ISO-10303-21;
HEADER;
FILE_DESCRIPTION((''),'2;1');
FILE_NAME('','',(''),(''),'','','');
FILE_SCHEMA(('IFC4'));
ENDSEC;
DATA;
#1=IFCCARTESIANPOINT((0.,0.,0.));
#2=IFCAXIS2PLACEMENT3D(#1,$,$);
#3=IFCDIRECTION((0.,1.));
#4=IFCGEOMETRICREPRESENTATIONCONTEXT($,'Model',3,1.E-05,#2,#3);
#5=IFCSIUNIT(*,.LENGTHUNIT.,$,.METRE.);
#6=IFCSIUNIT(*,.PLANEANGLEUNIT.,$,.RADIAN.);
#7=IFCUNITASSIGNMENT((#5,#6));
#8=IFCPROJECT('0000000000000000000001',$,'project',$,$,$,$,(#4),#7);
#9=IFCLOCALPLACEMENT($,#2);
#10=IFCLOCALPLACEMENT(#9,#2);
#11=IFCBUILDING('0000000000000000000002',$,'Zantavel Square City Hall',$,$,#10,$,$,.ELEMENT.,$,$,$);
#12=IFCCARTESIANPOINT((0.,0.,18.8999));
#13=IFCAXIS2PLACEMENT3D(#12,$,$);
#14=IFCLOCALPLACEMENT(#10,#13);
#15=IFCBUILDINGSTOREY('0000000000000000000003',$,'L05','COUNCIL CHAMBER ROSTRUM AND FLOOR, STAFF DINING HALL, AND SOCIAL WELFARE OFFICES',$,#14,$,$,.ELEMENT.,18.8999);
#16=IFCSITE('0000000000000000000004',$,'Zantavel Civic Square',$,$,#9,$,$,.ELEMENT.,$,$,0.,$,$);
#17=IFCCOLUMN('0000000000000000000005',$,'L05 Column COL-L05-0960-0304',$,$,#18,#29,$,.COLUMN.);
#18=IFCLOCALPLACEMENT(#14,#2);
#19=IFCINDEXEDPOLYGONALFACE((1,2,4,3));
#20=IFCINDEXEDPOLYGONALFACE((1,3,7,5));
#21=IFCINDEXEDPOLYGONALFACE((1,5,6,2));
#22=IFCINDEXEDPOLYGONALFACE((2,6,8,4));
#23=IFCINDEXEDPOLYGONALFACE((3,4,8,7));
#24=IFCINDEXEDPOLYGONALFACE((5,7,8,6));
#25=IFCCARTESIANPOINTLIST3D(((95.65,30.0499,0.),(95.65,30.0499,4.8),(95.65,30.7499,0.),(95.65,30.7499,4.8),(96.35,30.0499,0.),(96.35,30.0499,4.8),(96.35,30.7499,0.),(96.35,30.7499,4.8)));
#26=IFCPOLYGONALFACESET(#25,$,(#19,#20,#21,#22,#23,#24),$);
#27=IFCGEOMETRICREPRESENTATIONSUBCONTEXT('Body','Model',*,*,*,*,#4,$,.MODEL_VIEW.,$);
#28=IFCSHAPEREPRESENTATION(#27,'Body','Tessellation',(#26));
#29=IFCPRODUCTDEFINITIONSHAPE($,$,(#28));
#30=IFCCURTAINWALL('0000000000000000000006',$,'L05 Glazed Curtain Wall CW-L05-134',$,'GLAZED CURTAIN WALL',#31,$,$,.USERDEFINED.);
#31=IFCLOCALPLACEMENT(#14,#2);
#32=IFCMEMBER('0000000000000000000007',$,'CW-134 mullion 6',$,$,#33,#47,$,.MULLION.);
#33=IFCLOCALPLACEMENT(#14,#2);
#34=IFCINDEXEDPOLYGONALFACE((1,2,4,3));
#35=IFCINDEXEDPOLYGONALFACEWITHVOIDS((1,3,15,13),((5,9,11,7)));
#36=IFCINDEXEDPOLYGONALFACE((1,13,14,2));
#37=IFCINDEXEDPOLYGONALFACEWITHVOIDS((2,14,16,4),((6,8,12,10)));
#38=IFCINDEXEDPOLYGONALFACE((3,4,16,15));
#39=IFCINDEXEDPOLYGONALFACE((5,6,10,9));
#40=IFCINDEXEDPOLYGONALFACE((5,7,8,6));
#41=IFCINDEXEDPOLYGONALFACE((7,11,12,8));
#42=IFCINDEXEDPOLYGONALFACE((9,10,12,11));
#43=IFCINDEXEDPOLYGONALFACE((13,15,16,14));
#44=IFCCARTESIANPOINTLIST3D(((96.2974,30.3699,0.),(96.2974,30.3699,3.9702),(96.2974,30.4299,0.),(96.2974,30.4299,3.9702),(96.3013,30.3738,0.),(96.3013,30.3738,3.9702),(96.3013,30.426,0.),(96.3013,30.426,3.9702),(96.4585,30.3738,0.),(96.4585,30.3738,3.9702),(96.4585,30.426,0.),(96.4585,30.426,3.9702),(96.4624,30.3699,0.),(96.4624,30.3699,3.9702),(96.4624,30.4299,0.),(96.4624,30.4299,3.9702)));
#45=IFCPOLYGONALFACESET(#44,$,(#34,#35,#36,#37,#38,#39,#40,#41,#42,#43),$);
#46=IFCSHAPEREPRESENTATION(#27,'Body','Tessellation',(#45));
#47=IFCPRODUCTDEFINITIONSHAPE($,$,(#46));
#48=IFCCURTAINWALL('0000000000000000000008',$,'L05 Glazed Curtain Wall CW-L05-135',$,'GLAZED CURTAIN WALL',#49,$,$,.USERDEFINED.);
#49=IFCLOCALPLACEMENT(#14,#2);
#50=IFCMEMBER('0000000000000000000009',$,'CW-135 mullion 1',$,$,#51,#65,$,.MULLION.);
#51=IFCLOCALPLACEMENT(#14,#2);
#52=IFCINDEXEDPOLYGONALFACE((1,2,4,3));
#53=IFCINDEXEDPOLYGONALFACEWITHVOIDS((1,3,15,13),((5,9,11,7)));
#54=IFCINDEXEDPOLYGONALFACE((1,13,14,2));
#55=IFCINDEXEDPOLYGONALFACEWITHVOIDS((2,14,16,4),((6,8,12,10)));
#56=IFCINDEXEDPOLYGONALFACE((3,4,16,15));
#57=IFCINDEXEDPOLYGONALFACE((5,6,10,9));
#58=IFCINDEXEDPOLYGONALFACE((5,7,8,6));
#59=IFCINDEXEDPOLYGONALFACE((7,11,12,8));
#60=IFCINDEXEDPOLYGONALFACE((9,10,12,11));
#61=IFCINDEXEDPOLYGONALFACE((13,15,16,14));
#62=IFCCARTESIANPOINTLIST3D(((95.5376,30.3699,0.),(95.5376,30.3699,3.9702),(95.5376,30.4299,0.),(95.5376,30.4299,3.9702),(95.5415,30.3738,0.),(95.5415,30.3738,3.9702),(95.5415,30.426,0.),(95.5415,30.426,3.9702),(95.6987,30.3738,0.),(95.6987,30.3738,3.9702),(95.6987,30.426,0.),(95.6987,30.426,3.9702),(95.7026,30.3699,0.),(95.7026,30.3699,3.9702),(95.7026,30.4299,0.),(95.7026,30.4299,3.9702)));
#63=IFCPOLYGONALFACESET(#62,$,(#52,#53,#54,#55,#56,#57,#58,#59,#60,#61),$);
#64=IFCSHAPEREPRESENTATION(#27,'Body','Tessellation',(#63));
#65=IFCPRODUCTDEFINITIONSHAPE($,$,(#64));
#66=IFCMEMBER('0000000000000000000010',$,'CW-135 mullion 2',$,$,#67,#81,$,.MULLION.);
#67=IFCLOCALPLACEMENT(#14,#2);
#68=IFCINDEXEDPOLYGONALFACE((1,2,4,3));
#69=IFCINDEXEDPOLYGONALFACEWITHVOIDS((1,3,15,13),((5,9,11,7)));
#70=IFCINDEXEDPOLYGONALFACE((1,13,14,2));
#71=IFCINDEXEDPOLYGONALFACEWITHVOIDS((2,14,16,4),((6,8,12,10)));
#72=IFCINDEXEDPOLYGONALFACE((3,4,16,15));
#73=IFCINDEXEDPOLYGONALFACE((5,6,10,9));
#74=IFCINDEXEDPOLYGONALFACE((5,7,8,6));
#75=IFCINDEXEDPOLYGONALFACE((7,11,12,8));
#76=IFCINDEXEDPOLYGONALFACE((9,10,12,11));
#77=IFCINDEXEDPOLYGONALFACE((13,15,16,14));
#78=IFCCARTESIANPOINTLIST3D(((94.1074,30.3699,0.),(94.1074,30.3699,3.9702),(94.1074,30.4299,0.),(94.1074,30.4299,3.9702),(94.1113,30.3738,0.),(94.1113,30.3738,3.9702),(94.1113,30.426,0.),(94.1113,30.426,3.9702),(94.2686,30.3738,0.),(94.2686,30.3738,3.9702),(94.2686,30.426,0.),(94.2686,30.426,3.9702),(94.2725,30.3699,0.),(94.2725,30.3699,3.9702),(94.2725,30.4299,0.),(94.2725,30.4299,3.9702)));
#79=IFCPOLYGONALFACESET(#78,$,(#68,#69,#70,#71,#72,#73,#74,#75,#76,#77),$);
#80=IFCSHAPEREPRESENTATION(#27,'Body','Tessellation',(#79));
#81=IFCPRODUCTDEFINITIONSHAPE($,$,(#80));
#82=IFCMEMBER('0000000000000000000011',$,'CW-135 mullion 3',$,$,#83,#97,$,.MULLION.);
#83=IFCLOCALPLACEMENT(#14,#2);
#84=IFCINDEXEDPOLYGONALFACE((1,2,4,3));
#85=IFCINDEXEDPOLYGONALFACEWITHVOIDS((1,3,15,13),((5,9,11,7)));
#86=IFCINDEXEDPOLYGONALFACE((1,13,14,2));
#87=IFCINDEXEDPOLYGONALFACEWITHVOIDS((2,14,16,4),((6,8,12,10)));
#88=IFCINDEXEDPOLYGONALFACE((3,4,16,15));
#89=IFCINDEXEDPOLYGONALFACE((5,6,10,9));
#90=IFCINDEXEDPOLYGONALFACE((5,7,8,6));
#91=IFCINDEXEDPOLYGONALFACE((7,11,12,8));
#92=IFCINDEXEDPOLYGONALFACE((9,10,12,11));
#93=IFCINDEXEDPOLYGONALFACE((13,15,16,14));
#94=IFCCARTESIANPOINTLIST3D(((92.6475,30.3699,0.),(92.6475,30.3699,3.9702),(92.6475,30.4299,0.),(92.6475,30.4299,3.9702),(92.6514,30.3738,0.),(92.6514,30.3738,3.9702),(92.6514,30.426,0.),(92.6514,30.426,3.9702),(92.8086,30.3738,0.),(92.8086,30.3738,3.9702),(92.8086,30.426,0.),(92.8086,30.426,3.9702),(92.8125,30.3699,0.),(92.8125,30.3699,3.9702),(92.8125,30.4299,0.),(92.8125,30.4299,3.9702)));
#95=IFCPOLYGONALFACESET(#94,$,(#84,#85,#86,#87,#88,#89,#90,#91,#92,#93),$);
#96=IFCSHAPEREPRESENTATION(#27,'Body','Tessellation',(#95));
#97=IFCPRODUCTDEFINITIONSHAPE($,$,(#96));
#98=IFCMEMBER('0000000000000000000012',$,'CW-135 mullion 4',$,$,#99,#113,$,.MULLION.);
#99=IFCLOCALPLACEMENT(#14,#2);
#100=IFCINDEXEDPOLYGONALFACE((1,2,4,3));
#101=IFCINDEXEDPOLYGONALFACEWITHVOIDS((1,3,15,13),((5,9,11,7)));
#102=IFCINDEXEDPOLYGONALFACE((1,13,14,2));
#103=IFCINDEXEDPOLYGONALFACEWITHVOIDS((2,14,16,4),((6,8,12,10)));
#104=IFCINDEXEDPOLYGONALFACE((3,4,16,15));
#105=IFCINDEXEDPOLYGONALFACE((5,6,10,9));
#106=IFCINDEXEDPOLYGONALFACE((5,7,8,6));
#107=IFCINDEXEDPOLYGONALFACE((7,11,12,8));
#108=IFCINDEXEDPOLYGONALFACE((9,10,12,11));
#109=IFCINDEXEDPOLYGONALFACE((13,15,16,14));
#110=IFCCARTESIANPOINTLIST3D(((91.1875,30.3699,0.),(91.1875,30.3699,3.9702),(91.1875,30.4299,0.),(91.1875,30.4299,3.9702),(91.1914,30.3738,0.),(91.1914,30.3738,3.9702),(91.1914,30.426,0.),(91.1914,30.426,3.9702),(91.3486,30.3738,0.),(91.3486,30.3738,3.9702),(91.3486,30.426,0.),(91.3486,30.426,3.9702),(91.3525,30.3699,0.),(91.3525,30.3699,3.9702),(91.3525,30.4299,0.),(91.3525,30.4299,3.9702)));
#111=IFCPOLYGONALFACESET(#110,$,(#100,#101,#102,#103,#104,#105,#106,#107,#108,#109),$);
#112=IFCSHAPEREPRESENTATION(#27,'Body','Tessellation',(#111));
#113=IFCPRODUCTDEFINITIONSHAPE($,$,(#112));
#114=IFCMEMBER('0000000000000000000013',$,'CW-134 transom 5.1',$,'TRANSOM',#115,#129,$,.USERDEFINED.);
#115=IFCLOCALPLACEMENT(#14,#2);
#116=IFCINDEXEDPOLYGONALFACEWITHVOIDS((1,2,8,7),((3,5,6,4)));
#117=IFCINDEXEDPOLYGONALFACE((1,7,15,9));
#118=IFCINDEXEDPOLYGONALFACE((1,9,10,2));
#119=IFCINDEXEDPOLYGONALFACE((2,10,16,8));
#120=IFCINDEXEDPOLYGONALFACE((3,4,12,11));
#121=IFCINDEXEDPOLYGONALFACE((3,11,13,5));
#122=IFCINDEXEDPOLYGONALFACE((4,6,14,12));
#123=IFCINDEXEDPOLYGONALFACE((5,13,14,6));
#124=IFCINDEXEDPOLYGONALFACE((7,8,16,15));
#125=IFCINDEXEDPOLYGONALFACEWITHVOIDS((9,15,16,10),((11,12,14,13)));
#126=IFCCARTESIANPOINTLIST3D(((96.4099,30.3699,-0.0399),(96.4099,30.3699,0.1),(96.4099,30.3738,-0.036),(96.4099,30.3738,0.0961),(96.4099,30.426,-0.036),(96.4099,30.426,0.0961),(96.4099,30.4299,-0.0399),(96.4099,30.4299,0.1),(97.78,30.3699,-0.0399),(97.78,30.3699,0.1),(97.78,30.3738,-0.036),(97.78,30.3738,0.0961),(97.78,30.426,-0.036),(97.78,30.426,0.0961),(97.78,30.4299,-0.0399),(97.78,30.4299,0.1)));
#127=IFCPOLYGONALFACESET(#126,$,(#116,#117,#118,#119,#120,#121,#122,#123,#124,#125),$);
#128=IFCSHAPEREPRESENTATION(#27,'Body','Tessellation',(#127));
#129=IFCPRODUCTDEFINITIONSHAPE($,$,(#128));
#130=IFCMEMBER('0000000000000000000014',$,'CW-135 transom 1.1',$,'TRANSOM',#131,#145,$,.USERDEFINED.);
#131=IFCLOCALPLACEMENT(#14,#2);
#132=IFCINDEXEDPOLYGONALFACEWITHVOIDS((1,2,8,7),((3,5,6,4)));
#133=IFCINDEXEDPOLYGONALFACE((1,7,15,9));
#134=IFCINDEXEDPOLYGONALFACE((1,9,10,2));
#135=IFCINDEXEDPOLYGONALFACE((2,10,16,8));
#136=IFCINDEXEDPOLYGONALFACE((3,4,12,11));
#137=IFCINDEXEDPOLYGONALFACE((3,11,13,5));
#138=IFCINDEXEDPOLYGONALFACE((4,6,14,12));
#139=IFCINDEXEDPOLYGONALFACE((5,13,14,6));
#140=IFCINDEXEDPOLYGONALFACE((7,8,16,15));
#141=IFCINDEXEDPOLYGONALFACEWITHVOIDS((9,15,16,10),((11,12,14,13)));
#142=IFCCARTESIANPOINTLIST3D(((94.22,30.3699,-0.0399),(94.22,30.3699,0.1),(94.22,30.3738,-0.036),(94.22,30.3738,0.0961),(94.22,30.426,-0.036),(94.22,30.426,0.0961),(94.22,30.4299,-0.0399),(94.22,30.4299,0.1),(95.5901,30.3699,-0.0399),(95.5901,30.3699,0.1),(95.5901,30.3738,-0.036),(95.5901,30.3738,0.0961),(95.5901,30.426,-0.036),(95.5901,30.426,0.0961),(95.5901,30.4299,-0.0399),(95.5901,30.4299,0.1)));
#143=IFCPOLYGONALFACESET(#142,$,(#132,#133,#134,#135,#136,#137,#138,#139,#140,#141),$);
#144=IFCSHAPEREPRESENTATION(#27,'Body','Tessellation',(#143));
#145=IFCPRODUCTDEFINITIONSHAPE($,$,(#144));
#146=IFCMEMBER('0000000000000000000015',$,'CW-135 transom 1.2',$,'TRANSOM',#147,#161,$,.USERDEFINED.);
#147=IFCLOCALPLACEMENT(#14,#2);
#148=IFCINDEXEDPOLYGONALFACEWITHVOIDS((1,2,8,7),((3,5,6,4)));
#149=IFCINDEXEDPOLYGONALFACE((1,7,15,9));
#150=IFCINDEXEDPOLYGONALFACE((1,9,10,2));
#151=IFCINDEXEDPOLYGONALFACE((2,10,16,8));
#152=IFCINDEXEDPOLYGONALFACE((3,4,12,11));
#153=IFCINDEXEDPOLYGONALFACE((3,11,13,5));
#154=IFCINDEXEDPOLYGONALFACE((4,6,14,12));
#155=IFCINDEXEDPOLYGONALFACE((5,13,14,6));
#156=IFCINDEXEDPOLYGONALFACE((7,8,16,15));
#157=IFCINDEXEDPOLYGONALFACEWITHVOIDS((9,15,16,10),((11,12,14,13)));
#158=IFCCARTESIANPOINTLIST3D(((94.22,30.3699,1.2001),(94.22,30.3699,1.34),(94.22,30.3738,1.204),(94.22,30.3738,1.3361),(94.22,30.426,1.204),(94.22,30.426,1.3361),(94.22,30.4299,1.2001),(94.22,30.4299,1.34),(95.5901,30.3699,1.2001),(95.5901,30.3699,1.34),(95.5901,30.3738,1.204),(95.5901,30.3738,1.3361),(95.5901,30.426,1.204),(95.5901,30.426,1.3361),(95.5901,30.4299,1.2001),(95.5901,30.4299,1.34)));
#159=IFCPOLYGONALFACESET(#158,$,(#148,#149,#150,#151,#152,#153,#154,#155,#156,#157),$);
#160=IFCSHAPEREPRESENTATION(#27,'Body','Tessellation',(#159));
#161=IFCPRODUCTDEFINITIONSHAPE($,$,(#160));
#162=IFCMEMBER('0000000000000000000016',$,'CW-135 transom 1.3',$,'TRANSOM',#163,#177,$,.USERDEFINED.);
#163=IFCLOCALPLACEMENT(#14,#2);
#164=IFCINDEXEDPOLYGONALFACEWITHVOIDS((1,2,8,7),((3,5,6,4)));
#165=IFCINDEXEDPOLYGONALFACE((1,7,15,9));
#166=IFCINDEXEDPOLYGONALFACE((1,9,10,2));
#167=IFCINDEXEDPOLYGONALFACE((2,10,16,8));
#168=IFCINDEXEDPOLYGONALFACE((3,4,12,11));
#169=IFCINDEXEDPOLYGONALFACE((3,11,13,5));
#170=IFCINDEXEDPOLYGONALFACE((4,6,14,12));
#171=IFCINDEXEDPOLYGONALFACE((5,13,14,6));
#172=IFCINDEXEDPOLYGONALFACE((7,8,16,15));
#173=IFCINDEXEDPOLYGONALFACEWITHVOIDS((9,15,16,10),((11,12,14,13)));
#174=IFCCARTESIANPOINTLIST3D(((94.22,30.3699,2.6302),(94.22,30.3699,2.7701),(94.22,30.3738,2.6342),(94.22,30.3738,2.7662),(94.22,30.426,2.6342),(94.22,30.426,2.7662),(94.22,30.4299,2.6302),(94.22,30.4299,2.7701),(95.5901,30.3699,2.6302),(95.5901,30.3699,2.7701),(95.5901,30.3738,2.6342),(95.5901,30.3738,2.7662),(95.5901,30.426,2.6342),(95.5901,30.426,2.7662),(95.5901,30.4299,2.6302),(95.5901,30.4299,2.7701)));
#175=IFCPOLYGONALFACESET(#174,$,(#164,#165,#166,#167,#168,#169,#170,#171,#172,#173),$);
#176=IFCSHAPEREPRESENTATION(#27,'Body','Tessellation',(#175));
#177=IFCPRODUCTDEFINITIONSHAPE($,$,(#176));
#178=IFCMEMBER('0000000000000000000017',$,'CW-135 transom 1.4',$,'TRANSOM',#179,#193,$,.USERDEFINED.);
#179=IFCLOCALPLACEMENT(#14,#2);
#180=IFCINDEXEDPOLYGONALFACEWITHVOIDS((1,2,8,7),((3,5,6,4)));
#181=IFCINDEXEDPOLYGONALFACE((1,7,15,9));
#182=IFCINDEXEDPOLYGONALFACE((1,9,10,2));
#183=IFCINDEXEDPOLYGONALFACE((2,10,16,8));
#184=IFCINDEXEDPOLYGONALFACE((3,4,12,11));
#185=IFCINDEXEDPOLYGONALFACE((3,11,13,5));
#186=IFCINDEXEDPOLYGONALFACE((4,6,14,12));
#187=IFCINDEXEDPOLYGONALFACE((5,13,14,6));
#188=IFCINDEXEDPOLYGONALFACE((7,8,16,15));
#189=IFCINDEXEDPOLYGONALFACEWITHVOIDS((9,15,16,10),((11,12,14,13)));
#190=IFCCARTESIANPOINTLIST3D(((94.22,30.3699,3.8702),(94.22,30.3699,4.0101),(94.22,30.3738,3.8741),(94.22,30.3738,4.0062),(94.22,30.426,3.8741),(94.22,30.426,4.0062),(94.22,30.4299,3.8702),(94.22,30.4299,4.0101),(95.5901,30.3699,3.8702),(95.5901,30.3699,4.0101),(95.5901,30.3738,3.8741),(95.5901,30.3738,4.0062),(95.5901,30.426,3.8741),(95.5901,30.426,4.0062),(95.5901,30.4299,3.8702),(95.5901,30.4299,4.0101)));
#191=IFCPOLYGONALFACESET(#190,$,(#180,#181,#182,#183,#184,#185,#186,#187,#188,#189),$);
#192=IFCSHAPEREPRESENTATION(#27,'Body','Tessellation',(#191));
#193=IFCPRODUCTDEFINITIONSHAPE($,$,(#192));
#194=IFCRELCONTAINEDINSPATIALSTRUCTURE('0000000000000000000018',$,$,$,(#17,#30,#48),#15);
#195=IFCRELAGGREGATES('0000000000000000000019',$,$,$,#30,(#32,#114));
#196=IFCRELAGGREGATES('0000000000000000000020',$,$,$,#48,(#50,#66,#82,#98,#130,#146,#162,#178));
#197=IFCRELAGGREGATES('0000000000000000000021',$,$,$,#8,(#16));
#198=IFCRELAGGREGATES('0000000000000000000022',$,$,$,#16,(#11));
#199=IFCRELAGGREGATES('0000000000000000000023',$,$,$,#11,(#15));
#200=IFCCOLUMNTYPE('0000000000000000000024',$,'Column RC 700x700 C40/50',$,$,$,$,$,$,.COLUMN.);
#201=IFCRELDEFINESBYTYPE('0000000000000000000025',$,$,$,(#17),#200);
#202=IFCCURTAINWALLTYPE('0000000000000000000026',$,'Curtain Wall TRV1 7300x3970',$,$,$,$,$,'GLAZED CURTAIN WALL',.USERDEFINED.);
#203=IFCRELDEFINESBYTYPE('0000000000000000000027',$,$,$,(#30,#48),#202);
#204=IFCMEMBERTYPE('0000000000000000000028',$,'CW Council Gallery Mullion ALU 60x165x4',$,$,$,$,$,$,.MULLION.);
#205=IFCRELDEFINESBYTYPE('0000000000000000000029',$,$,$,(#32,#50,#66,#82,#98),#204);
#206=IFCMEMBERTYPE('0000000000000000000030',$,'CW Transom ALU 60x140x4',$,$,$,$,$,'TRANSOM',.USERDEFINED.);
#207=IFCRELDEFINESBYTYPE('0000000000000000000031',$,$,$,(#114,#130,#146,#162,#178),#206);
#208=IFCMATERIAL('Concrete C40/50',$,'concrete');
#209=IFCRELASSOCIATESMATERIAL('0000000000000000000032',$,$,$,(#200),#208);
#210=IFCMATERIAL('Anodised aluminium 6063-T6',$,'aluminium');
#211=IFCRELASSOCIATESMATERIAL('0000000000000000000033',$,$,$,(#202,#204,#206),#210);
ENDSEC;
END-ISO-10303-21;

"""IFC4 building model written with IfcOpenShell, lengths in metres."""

from ifc_helpers import new_model, si_unit, direction, frame, origin, origin_2d, place, context, subcontext, project, spatial, rectangle, hollow_rectangle, extrude, material, material_profile, profile_set, type_object, element, aggregate, save


model = new_model("IFC4")

# Units and contexts
model_context = context("Model", 3, precision=1e-05, world=origin(), true_north=direction((0.0, 1.0)))
body_context = subcontext(model_context, "Body", "Model", "MODEL_VIEW")
ifc_project = project(units=[si_unit("LENGTHUNIT", "METRE"), si_unit("PLANEANGLEUNIT", "RADIAN")], contexts=[model_context])

# Site, building, storey
site_placement = place(None, origin())
site = spatial("IfcSite", under=ifc_project, at=site_placement, Name="Zantavel Civic Square", CompositionType="ELEMENT", RefElevation=0.0)
building_placement = place(site_placement, origin())
building = spatial("IfcBuilding", under=site, at=building_placement, Name="Zantavel Square City Hall", CompositionType="ELEMENT")
storey_placement = place(building_placement, frame((0.0, 0.0, 18.8999)))
storey = spatial("IfcBuildingStorey", under=building, at=storey_placement, Name="L05", Description="COUNCIL CHAMBER ROSTRUM AND FLOOR, STAFF DINING HALL, AND SOCIAL WELFARE OFFICES", CompositionType="ELEMENT", Elevation=18.8999)

# Column
ifc_material_1 = material(Name="Concrete C40/50", Category="concrete")
ifc_material_profile_1 = material_profile(ifc_material_1, rectangle(XDim=0.7, YDim=0.7, at=origin_2d()), Name="RC 700x700")
ifc_profile_set_1 = profile_set([ifc_material_profile_1], Name="Concrete C40/50")
column_type = type_object("IfcColumnType", Name="Column RC 700x700 C40/50", PredefinedType="COLUMN", material=ifc_profile_set_1)
column_placement = place(storey_placement, frame((96.0, 30.3999, 0.0), z_axis=(0.0, 0.0, 1.0), x_axis=(1.0, 0.0, 0.0)))
element("IfcColumn", 1, at=column_placement, inside=storey, type_object=column_type, Name="L05 Column COL-L05-0960-0304", PredefinedType="COLUMN", context=body_context, shape_type="SweptSolid", body=[
    extrude(rectangle(XDim=0.7, YDim=0.7, at=origin_2d()), origin(), (0.0, 0.0, 1.0), 4.8),
])

# Curtain wall, member
ifc_material_2 = material(Name="Anodised aluminium 6063-T6", Category="aluminium")
curtain_wall_type = type_object("IfcCurtainWallType", Name="Curtain Wall TRV1 7300x3970", ElementType="GLAZED CURTAIN WALL", PredefinedType="USERDEFINED", material=ifc_material_2)
curtain_wall_1_placement = place(storey_placement, origin())
curtain_wall_1 = element("IfcCurtainWall", 2, at=curtain_wall_1_placement, inside=storey, type_object=curtain_wall_type, Name="L05 Glazed Curtain Wall CW-L05-134", ObjectType="GLAZED CURTAIN WALL", PredefinedType="USERDEFINED")
ifc_material_profile_2 = material_profile(ifc_material_2, hollow_rectangle(XDim=0.0601, YDim=0.165, WallThickness=0.0039, at=origin_2d()), Name="ALU 60x165x4")
ifc_profile_set_2 = profile_set([ifc_material_profile_2], Name="Anodised aluminium 6063-T6")
member_type_1 = type_object("IfcMemberType", Name="CW Council Gallery Mullion ALU 60x165x4", PredefinedType="MULLION", material=ifc_profile_set_2)
member_1_placement = place(storey_placement, frame((96.3799, 30.3999, 0.0), z_axis=(0.0, 0.0, 1.0), x_axis=(0.0, -1.0, 0.0)))
member_1 = element("IfcMember", 3, at=member_1_placement, type_object=member_type_1, Name="CW-134 mullion 6", PredefinedType="MULLION", context=body_context, shape_type="SweptSolid", body=[
    extrude(hollow_rectangle(XDim=0.0601, YDim=0.165, WallThickness=0.0039, at=origin_2d()), origin(), (0.0, 0.0, 1.0), 3.9702),
])

# Curtain wall, members
curtain_wall_2_placement = place(storey_placement, origin())
curtain_wall_2 = element("IfcCurtainWall", 4, at=curtain_wall_2_placement, inside=storey, type_object=curtain_wall_type, Name="L05 Glazed Curtain Wall CW-L05-135", ObjectType="GLAZED CURTAIN WALL", PredefinedType="USERDEFINED")
member_2_placement = place(storey_placement, frame((95.6201, 30.3999, 0.0), z_axis=(0.0, 0.0, 1.0), x_axis=(0.0, -1.0, 0.0)))
member_2 = element("IfcMember", 5, at=member_2_placement, type_object=member_type_1, Name="CW-135 mullion 1", PredefinedType="MULLION", context=body_context, shape_type="SweptSolid", body=[
    extrude(hollow_rectangle(XDim=0.0601, YDim=0.165, WallThickness=0.0039, at=origin_2d()), origin(), (0.0, 0.0, 1.0), 3.9702),
])
member_3_placement = place(storey_placement, frame((94.1899, 30.3999, 0.0), z_axis=(0.0, 0.0, 1.0), x_axis=(0.0, -1.0, 0.0)))
member_3 = element("IfcMember", 6, at=member_3_placement, type_object=member_type_1, Name="CW-135 mullion 2", PredefinedType="MULLION", context=body_context, shape_type="SweptSolid", body=[
    extrude(hollow_rectangle(XDim=0.0601, YDim=0.165, WallThickness=0.0039, at=origin_2d()), origin(), (0.0, 0.0, 1.0), 3.9702),
])
member_4_placement = place(storey_placement, frame((92.73, 30.3999, 0.0), z_axis=(0.0, 0.0, 1.0), x_axis=(0.0, -1.0, 0.0)))
member_4 = element("IfcMember", 7, at=member_4_placement, type_object=member_type_1, Name="CW-135 mullion 3", PredefinedType="MULLION", context=body_context, shape_type="SweptSolid", body=[
    extrude(hollow_rectangle(XDim=0.0601, YDim=0.165, WallThickness=0.0039, at=origin_2d()), origin(), (0.0, 0.0, 1.0), 3.9702),
])
member_5_placement = place(storey_placement, frame((91.27, 30.3999, 0.0), z_axis=(0.0, 0.0, 1.0), x_axis=(0.0, -1.0, 0.0)))
member_5 = element("IfcMember", 8, at=member_5_placement, type_object=member_type_1, Name="CW-135 mullion 4", PredefinedType="MULLION", context=body_context, shape_type="SweptSolid", body=[
    extrude(hollow_rectangle(XDim=0.0601, YDim=0.165, WallThickness=0.0039, at=origin_2d()), origin(), (0.0, 0.0, 1.0), 3.9702),
])

# Members
ifc_material_profile_3 = material_profile(ifc_material_2, hollow_rectangle(XDim=0.0601, YDim=0.1399, WallThickness=0.0039, at=origin_2d()), Name="ALU 60x140x4")
ifc_profile_set_3 = profile_set([ifc_material_profile_3], Name="Anodised aluminium 6063-T6")
member_type_2 = type_object("IfcMemberType", Name="CW Transom ALU 60x140x4", ElementType="TRANSOM", PredefinedType="USERDEFINED", material=ifc_profile_set_3)
member_6_placement = place(storey_placement, frame((97.78, 30.3999, 0.03), z_axis=(-1.0, 0.0, 0.0), x_axis=(0.0, -1.0, 0.0)))
member_6 = element("IfcMember", 9, at=member_6_placement, type_object=member_type_2, Name="CW-134 transom 5.1", ObjectType="TRANSOM", PredefinedType="USERDEFINED", context=body_context, shape_type="SweptSolid", body=[
    extrude(hollow_rectangle(XDim=0.0601, YDim=0.1399, WallThickness=0.0039, at=origin_2d()), origin(), (0.0, 0.0, 1.0), 1.3701),
])
member_7_placement = place(storey_placement, frame((95.5901, 30.3999, 0.03), z_axis=(-1.0, 0.0, 0.0), x_axis=(0.0, -1.0, 0.0)))
member_7 = element("IfcMember", 10, at=member_7_placement, type_object=member_type_2, Name="CW-135 transom 1.1", ObjectType="TRANSOM", PredefinedType="USERDEFINED", context=body_context, shape_type="SweptSolid", body=[
    extrude(hollow_rectangle(XDim=0.0601, YDim=0.1399, WallThickness=0.0039, at=origin_2d()), origin(), (0.0, 0.0, 1.0), 1.3701),
])
member_8_placement = place(storey_placement, frame((95.5901, 30.3999, 1.27), z_axis=(-1.0, 0.0, 0.0), x_axis=(0.0, -1.0, 0.0)))
member_8 = element("IfcMember", 11, at=member_8_placement, type_object=member_type_2, Name="CW-135 transom 1.2", ObjectType="TRANSOM", PredefinedType="USERDEFINED", context=body_context, shape_type="SweptSolid", body=[
    extrude(hollow_rectangle(XDim=0.0601, YDim=0.1399, WallThickness=0.0039, at=origin_2d()), origin(), (0.0, 0.0, 1.0), 1.3701),
])
member_9_placement = place(storey_placement, frame((95.5901, 30.3999, 2.7002), z_axis=(-1.0, 0.0, 0.0), x_axis=(0.0, -1.0, 0.0)))
member_9 = element("IfcMember", 12, at=member_9_placement, type_object=member_type_2, Name="CW-135 transom 1.3", ObjectType="TRANSOM", PredefinedType="USERDEFINED", context=body_context, shape_type="SweptSolid", body=[
    extrude(hollow_rectangle(XDim=0.0601, YDim=0.1399, WallThickness=0.0039, at=origin_2d()), origin(), (0.0, 0.0, 1.0), 1.3701),
])
member_10_placement = place(storey_placement, frame((95.5901, 30.3999, 3.9402), z_axis=(-1.0, 0.0, 0.0), x_axis=(0.0, -1.0, 0.0)))
member_10 = element("IfcMember", 13, at=member_10_placement, type_object=member_type_2, Name="CW-135 transom 1.4", ObjectType="TRANSOM", PredefinedType="USERDEFINED", context=body_context, shape_type="SweptSolid", body=[
    extrude(hollow_rectangle(XDim=0.0601, YDim=0.1399, WallThickness=0.0039, at=origin_2d()), origin(), (0.0, 0.0, 1.0), 1.3701),
])

aggregate(curtain_wall_1, [member_1, member_6])
aggregate(curtain_wall_2, [member_2, member_3, member_4, member_5, member_7, member_8, member_9, member_10])

save(model, "model.ifc")
